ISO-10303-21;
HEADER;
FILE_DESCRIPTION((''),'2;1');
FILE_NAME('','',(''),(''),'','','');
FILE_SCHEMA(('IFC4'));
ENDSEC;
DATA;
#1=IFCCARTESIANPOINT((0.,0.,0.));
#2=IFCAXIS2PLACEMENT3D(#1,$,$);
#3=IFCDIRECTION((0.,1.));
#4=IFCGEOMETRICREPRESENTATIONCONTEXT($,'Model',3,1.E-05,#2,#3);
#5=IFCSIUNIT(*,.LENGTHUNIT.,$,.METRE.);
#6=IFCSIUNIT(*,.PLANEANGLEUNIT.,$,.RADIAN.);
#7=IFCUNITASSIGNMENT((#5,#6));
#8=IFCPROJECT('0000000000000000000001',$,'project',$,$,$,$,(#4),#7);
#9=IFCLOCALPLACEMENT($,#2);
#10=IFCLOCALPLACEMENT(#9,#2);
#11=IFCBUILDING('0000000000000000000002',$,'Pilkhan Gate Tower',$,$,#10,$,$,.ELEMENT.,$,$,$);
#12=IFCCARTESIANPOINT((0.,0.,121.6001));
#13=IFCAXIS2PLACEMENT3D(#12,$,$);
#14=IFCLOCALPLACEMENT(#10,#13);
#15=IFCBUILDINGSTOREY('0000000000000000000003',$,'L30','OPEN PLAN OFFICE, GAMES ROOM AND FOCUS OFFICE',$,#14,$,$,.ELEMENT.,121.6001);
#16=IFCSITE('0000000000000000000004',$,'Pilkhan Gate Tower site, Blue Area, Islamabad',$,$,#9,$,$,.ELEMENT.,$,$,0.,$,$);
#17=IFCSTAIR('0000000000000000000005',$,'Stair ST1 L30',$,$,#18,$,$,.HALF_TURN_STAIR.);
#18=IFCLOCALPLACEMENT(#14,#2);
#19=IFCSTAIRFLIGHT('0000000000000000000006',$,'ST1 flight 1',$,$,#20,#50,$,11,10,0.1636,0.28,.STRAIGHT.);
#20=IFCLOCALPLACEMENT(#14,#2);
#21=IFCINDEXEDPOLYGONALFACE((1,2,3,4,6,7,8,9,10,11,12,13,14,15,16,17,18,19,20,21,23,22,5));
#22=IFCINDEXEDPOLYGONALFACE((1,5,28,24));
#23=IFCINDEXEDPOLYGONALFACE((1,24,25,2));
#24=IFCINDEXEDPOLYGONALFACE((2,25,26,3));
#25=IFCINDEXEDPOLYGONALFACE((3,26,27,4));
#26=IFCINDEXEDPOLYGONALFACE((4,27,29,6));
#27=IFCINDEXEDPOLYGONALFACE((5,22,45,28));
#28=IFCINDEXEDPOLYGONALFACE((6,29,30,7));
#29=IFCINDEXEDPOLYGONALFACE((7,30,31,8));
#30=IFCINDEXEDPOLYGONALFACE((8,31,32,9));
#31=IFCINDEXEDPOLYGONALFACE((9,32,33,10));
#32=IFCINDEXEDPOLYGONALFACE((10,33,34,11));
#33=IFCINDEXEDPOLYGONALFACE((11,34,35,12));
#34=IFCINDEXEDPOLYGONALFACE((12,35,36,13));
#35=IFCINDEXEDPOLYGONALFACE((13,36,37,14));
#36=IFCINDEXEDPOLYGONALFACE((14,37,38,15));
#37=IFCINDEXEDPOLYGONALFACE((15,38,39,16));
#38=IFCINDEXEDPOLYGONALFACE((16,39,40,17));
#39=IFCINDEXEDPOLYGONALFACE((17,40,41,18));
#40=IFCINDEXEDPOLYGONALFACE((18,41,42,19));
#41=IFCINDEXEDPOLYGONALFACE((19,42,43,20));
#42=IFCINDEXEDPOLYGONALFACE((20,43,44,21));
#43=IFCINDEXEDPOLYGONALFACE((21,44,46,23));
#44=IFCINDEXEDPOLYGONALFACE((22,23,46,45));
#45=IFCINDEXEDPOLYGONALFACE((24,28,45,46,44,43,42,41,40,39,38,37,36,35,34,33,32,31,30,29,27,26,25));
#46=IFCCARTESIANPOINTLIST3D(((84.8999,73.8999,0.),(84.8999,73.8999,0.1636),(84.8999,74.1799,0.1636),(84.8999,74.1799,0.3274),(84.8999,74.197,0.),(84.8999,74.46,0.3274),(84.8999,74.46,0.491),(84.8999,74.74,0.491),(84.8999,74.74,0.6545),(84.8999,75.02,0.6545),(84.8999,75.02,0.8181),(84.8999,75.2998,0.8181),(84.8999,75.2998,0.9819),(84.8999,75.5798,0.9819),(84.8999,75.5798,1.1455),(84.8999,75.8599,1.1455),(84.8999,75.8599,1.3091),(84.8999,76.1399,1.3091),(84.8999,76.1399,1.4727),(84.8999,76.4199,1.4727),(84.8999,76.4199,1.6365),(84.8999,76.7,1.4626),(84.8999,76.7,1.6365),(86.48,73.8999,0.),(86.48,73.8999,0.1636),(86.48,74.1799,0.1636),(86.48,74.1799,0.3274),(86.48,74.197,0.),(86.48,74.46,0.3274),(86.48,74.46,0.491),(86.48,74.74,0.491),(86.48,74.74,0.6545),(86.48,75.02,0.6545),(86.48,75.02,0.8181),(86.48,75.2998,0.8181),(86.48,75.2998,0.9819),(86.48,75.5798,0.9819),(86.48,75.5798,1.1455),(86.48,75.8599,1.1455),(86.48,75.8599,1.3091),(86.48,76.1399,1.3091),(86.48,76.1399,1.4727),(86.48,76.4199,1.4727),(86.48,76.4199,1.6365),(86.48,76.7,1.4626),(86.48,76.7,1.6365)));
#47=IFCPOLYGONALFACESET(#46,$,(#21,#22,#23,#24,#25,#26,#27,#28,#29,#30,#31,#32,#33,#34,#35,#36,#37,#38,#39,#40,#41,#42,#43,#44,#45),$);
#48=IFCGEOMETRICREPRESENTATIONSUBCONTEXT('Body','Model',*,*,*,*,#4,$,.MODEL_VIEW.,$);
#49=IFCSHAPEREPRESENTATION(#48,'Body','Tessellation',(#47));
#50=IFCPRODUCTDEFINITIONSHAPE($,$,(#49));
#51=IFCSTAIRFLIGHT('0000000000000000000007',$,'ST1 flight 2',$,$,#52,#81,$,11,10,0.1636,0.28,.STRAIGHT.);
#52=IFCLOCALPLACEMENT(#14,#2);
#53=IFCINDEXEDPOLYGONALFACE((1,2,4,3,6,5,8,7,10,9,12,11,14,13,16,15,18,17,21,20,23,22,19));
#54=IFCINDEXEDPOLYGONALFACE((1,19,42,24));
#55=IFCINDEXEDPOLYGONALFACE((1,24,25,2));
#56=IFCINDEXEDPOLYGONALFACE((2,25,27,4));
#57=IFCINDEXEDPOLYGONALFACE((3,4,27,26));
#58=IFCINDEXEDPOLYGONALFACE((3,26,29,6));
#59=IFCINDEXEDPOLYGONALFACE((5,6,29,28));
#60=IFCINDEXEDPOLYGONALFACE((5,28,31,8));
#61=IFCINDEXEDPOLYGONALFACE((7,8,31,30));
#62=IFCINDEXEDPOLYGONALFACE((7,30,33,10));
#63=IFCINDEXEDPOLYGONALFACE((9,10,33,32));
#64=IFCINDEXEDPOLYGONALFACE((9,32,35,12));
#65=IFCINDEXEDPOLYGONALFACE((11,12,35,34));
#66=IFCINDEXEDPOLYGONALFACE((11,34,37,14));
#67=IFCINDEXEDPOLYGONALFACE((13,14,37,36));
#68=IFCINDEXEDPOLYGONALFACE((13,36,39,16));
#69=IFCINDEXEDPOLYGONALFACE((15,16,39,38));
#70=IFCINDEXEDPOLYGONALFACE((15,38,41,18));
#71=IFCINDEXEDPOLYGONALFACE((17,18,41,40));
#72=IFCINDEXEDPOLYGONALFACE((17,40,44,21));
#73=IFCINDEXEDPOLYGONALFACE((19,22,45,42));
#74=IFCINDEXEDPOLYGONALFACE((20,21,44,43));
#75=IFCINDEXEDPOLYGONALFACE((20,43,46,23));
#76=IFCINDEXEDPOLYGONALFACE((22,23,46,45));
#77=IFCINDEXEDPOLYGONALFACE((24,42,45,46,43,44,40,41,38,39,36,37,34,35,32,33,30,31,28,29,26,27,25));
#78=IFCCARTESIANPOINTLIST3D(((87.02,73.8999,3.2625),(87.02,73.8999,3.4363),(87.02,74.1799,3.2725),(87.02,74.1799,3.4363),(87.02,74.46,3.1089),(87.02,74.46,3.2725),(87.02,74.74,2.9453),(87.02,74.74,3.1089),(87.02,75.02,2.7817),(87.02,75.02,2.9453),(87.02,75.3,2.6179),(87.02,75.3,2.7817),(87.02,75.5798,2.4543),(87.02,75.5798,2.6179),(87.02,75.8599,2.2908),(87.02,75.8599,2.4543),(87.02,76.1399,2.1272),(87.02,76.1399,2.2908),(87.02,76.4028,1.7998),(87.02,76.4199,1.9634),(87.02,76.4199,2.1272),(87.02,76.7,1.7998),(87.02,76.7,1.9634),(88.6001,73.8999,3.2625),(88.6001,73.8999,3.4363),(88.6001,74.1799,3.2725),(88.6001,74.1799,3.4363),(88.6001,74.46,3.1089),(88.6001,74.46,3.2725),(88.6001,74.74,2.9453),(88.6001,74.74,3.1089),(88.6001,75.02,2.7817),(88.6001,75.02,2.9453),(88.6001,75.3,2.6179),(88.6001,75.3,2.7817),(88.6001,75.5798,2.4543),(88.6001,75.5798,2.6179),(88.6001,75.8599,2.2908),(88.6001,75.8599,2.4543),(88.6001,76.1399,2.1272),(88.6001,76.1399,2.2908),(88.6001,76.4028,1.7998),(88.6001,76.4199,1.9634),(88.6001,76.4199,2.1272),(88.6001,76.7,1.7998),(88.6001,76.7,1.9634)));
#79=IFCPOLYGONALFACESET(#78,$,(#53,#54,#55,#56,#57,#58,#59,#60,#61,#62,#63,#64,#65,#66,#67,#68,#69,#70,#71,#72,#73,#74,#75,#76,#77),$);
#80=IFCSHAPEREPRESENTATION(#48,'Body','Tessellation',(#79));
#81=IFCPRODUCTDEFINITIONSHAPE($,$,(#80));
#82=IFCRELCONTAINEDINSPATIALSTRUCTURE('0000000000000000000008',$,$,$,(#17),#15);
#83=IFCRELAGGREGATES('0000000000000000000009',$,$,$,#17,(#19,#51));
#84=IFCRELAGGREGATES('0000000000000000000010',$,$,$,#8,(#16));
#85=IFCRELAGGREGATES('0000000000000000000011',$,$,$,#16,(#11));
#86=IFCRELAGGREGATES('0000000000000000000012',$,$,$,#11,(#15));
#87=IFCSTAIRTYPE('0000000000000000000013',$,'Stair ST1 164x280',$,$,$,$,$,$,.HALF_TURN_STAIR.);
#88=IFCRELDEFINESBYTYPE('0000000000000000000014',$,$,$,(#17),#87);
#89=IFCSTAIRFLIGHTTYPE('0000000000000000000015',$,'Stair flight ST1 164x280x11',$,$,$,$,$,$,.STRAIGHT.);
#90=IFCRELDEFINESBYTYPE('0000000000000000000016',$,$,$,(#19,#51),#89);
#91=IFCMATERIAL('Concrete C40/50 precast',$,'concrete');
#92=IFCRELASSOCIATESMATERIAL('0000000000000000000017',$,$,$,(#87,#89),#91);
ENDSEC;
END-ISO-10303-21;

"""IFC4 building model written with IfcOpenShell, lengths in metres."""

from ifc_helpers import new_model, si_unit, direction, frame, origin, place, context, subcontext, project, spatial, polyline, outline, extrude, material, type_object, element, aggregate, save


model = new_model("IFC4")

# Units and contexts
model_context = context("Model", 3, precision=1e-05, world=origin(), true_north=direction((0.0, 1.0)))
body_context = subcontext(model_context, "Body", "Model", "MODEL_VIEW")
ifc_project = project(units=[si_unit("LENGTHUNIT", "METRE"), si_unit("PLANEANGLEUNIT", "RADIAN")], contexts=[model_context])

# Site, building, storey
site_placement = place(None, origin())
site = spatial("IfcSite", under=ifc_project, at=site_placement, Name="Pilkhan Gate Tower site, Blue Area, Islamabad", CompositionType="ELEMENT", RefElevation=0.0)
building_placement = place(site_placement, origin())
building = spatial("IfcBuilding", under=site, at=building_placement, Name="Pilkhan Gate Tower", CompositionType="ELEMENT")
storey_placement = place(building_placement, frame((0.0, 0.0, 121.6001)))
storey = spatial("IfcBuildingStorey", under=building, at=storey_placement, Name="L30", Description="OPEN PLAN OFFICE, GAMES ROOM AND FOCUS OFFICE", CompositionType="ELEMENT", Elevation=121.6001)

# Stair, stair flights
ifc_material_1 = material(Name="Concrete C40/50 precast", Category="concrete")
stair_type = type_object("IfcStairType", Name="Stair ST1 164x280", PredefinedType="HALF_TURN_STAIR", material=ifc_material_1)
stair_placement = place(storey_placement, origin())
stair = element("IfcStair", 1, at=stair_placement, inside=storey, type_object=stair_type, Name="Stair ST1 L30", PredefinedType="HALF_TURN_STAIR")
stair_flight_type = type_object("IfcStairFlightType", Name="Stair flight ST1 164x280x11", PredefinedType="STRAIGHT", material=ifc_material_1)
stair_flight_1_placement = place(storey_placement, frame((85.6899, 73.8999, 0.0), z_axis=(0.0, 0.0, 1.0), x_axis=(0.0, 1.0, 0.0)))
stair_flight_1 = element("IfcStairFlight", 2, at=stair_flight_1_placement, type_object=stair_flight_type, Name="ST1 flight 1", NumberOfRisers=11, NumberOfTreads=10, PredefinedType="STRAIGHT", RiserHeight=0.1636, TreadLength=0.28, context=body_context, shape_type="SweptSolid", body=[
    extrude(outline(polyline([(0.0, 0.0), (0.0, 0.1636), (0.28, 0.1636), (0.28, 0.3274), (0.5601, 0.3274), (0.5601, 0.491), (0.8401, 0.491), (0.8401, 0.6545), (1.1201, 0.6545), (1.1201, 0.8181), (1.3999, 0.8181), (1.3999, 0.9819), (1.6799, 0.9819), (1.6799, 1.1455), (1.96, 1.1455), (1.96, 1.3091), (2.24, 1.3091), (2.24, 1.4727), (2.52, 1.4727), (2.52, 1.6365), (2.8, 1.6365), (2.8, 1.8), (2.8, 1.4626), (0.2971, 0.0), (0.0, 0.0)])), frame((0.0, 0.79, 0.0), z_axis=(0.0, -1.0, 0.0), x_axis=(1.0, 0.0, 0.0)), (0.0, 0.0, 1.0), 1.5801),
])
stair_flight_2_placement = place(storey_placement, frame((87.8101, 76.7, 1.7998), z_axis=(0.0, 0.0, 1.0), x_axis=(0.0, -1.0, 0.0)))
stair_flight_2 = element("IfcStairFlight", 3, at=stair_flight_2_placement, type_object=stair_flight_type, Name="ST1 flight 2", NumberOfRisers=11, NumberOfTreads=10, PredefinedType="STRAIGHT", RiserHeight=0.1636, TreadLength=0.28, context=body_context, shape_type="SweptSolid", body=[
    extrude(outline(polyline([(0.0, 0.0), (0.0, 0.1636), (0.28, 0.1636), (0.28, 0.3274), (0.5601, 0.3274), (0.5601, 0.491), (0.8401, 0.491), (0.8401, 0.6545), (1.1201, 0.6545), (1.1201, 0.8181), (1.3999, 0.8181), (1.3999, 0.9819), (1.6799, 0.9819), (1.6799, 1.1455), (1.96, 1.1455), (1.96, 1.3091), (2.24, 1.3091), (2.24, 1.4727), (2.52, 1.4727), (2.52, 1.6365), (2.8, 1.6365), (2.8, 1.8), (2.8, 1.4626), (0.2971, 0.0), (0.0, 0.0)])), frame((0.0, 0.79, 0.0), z_axis=(0.0, -1.0, 0.0), x_axis=(1.0, 0.0, 0.0)), (0.0, 0.0, 1.0), 1.5801),
])
aggregate(stair, [stair_flight_1, stair_flight_2])

save(model, "model.ifc")
